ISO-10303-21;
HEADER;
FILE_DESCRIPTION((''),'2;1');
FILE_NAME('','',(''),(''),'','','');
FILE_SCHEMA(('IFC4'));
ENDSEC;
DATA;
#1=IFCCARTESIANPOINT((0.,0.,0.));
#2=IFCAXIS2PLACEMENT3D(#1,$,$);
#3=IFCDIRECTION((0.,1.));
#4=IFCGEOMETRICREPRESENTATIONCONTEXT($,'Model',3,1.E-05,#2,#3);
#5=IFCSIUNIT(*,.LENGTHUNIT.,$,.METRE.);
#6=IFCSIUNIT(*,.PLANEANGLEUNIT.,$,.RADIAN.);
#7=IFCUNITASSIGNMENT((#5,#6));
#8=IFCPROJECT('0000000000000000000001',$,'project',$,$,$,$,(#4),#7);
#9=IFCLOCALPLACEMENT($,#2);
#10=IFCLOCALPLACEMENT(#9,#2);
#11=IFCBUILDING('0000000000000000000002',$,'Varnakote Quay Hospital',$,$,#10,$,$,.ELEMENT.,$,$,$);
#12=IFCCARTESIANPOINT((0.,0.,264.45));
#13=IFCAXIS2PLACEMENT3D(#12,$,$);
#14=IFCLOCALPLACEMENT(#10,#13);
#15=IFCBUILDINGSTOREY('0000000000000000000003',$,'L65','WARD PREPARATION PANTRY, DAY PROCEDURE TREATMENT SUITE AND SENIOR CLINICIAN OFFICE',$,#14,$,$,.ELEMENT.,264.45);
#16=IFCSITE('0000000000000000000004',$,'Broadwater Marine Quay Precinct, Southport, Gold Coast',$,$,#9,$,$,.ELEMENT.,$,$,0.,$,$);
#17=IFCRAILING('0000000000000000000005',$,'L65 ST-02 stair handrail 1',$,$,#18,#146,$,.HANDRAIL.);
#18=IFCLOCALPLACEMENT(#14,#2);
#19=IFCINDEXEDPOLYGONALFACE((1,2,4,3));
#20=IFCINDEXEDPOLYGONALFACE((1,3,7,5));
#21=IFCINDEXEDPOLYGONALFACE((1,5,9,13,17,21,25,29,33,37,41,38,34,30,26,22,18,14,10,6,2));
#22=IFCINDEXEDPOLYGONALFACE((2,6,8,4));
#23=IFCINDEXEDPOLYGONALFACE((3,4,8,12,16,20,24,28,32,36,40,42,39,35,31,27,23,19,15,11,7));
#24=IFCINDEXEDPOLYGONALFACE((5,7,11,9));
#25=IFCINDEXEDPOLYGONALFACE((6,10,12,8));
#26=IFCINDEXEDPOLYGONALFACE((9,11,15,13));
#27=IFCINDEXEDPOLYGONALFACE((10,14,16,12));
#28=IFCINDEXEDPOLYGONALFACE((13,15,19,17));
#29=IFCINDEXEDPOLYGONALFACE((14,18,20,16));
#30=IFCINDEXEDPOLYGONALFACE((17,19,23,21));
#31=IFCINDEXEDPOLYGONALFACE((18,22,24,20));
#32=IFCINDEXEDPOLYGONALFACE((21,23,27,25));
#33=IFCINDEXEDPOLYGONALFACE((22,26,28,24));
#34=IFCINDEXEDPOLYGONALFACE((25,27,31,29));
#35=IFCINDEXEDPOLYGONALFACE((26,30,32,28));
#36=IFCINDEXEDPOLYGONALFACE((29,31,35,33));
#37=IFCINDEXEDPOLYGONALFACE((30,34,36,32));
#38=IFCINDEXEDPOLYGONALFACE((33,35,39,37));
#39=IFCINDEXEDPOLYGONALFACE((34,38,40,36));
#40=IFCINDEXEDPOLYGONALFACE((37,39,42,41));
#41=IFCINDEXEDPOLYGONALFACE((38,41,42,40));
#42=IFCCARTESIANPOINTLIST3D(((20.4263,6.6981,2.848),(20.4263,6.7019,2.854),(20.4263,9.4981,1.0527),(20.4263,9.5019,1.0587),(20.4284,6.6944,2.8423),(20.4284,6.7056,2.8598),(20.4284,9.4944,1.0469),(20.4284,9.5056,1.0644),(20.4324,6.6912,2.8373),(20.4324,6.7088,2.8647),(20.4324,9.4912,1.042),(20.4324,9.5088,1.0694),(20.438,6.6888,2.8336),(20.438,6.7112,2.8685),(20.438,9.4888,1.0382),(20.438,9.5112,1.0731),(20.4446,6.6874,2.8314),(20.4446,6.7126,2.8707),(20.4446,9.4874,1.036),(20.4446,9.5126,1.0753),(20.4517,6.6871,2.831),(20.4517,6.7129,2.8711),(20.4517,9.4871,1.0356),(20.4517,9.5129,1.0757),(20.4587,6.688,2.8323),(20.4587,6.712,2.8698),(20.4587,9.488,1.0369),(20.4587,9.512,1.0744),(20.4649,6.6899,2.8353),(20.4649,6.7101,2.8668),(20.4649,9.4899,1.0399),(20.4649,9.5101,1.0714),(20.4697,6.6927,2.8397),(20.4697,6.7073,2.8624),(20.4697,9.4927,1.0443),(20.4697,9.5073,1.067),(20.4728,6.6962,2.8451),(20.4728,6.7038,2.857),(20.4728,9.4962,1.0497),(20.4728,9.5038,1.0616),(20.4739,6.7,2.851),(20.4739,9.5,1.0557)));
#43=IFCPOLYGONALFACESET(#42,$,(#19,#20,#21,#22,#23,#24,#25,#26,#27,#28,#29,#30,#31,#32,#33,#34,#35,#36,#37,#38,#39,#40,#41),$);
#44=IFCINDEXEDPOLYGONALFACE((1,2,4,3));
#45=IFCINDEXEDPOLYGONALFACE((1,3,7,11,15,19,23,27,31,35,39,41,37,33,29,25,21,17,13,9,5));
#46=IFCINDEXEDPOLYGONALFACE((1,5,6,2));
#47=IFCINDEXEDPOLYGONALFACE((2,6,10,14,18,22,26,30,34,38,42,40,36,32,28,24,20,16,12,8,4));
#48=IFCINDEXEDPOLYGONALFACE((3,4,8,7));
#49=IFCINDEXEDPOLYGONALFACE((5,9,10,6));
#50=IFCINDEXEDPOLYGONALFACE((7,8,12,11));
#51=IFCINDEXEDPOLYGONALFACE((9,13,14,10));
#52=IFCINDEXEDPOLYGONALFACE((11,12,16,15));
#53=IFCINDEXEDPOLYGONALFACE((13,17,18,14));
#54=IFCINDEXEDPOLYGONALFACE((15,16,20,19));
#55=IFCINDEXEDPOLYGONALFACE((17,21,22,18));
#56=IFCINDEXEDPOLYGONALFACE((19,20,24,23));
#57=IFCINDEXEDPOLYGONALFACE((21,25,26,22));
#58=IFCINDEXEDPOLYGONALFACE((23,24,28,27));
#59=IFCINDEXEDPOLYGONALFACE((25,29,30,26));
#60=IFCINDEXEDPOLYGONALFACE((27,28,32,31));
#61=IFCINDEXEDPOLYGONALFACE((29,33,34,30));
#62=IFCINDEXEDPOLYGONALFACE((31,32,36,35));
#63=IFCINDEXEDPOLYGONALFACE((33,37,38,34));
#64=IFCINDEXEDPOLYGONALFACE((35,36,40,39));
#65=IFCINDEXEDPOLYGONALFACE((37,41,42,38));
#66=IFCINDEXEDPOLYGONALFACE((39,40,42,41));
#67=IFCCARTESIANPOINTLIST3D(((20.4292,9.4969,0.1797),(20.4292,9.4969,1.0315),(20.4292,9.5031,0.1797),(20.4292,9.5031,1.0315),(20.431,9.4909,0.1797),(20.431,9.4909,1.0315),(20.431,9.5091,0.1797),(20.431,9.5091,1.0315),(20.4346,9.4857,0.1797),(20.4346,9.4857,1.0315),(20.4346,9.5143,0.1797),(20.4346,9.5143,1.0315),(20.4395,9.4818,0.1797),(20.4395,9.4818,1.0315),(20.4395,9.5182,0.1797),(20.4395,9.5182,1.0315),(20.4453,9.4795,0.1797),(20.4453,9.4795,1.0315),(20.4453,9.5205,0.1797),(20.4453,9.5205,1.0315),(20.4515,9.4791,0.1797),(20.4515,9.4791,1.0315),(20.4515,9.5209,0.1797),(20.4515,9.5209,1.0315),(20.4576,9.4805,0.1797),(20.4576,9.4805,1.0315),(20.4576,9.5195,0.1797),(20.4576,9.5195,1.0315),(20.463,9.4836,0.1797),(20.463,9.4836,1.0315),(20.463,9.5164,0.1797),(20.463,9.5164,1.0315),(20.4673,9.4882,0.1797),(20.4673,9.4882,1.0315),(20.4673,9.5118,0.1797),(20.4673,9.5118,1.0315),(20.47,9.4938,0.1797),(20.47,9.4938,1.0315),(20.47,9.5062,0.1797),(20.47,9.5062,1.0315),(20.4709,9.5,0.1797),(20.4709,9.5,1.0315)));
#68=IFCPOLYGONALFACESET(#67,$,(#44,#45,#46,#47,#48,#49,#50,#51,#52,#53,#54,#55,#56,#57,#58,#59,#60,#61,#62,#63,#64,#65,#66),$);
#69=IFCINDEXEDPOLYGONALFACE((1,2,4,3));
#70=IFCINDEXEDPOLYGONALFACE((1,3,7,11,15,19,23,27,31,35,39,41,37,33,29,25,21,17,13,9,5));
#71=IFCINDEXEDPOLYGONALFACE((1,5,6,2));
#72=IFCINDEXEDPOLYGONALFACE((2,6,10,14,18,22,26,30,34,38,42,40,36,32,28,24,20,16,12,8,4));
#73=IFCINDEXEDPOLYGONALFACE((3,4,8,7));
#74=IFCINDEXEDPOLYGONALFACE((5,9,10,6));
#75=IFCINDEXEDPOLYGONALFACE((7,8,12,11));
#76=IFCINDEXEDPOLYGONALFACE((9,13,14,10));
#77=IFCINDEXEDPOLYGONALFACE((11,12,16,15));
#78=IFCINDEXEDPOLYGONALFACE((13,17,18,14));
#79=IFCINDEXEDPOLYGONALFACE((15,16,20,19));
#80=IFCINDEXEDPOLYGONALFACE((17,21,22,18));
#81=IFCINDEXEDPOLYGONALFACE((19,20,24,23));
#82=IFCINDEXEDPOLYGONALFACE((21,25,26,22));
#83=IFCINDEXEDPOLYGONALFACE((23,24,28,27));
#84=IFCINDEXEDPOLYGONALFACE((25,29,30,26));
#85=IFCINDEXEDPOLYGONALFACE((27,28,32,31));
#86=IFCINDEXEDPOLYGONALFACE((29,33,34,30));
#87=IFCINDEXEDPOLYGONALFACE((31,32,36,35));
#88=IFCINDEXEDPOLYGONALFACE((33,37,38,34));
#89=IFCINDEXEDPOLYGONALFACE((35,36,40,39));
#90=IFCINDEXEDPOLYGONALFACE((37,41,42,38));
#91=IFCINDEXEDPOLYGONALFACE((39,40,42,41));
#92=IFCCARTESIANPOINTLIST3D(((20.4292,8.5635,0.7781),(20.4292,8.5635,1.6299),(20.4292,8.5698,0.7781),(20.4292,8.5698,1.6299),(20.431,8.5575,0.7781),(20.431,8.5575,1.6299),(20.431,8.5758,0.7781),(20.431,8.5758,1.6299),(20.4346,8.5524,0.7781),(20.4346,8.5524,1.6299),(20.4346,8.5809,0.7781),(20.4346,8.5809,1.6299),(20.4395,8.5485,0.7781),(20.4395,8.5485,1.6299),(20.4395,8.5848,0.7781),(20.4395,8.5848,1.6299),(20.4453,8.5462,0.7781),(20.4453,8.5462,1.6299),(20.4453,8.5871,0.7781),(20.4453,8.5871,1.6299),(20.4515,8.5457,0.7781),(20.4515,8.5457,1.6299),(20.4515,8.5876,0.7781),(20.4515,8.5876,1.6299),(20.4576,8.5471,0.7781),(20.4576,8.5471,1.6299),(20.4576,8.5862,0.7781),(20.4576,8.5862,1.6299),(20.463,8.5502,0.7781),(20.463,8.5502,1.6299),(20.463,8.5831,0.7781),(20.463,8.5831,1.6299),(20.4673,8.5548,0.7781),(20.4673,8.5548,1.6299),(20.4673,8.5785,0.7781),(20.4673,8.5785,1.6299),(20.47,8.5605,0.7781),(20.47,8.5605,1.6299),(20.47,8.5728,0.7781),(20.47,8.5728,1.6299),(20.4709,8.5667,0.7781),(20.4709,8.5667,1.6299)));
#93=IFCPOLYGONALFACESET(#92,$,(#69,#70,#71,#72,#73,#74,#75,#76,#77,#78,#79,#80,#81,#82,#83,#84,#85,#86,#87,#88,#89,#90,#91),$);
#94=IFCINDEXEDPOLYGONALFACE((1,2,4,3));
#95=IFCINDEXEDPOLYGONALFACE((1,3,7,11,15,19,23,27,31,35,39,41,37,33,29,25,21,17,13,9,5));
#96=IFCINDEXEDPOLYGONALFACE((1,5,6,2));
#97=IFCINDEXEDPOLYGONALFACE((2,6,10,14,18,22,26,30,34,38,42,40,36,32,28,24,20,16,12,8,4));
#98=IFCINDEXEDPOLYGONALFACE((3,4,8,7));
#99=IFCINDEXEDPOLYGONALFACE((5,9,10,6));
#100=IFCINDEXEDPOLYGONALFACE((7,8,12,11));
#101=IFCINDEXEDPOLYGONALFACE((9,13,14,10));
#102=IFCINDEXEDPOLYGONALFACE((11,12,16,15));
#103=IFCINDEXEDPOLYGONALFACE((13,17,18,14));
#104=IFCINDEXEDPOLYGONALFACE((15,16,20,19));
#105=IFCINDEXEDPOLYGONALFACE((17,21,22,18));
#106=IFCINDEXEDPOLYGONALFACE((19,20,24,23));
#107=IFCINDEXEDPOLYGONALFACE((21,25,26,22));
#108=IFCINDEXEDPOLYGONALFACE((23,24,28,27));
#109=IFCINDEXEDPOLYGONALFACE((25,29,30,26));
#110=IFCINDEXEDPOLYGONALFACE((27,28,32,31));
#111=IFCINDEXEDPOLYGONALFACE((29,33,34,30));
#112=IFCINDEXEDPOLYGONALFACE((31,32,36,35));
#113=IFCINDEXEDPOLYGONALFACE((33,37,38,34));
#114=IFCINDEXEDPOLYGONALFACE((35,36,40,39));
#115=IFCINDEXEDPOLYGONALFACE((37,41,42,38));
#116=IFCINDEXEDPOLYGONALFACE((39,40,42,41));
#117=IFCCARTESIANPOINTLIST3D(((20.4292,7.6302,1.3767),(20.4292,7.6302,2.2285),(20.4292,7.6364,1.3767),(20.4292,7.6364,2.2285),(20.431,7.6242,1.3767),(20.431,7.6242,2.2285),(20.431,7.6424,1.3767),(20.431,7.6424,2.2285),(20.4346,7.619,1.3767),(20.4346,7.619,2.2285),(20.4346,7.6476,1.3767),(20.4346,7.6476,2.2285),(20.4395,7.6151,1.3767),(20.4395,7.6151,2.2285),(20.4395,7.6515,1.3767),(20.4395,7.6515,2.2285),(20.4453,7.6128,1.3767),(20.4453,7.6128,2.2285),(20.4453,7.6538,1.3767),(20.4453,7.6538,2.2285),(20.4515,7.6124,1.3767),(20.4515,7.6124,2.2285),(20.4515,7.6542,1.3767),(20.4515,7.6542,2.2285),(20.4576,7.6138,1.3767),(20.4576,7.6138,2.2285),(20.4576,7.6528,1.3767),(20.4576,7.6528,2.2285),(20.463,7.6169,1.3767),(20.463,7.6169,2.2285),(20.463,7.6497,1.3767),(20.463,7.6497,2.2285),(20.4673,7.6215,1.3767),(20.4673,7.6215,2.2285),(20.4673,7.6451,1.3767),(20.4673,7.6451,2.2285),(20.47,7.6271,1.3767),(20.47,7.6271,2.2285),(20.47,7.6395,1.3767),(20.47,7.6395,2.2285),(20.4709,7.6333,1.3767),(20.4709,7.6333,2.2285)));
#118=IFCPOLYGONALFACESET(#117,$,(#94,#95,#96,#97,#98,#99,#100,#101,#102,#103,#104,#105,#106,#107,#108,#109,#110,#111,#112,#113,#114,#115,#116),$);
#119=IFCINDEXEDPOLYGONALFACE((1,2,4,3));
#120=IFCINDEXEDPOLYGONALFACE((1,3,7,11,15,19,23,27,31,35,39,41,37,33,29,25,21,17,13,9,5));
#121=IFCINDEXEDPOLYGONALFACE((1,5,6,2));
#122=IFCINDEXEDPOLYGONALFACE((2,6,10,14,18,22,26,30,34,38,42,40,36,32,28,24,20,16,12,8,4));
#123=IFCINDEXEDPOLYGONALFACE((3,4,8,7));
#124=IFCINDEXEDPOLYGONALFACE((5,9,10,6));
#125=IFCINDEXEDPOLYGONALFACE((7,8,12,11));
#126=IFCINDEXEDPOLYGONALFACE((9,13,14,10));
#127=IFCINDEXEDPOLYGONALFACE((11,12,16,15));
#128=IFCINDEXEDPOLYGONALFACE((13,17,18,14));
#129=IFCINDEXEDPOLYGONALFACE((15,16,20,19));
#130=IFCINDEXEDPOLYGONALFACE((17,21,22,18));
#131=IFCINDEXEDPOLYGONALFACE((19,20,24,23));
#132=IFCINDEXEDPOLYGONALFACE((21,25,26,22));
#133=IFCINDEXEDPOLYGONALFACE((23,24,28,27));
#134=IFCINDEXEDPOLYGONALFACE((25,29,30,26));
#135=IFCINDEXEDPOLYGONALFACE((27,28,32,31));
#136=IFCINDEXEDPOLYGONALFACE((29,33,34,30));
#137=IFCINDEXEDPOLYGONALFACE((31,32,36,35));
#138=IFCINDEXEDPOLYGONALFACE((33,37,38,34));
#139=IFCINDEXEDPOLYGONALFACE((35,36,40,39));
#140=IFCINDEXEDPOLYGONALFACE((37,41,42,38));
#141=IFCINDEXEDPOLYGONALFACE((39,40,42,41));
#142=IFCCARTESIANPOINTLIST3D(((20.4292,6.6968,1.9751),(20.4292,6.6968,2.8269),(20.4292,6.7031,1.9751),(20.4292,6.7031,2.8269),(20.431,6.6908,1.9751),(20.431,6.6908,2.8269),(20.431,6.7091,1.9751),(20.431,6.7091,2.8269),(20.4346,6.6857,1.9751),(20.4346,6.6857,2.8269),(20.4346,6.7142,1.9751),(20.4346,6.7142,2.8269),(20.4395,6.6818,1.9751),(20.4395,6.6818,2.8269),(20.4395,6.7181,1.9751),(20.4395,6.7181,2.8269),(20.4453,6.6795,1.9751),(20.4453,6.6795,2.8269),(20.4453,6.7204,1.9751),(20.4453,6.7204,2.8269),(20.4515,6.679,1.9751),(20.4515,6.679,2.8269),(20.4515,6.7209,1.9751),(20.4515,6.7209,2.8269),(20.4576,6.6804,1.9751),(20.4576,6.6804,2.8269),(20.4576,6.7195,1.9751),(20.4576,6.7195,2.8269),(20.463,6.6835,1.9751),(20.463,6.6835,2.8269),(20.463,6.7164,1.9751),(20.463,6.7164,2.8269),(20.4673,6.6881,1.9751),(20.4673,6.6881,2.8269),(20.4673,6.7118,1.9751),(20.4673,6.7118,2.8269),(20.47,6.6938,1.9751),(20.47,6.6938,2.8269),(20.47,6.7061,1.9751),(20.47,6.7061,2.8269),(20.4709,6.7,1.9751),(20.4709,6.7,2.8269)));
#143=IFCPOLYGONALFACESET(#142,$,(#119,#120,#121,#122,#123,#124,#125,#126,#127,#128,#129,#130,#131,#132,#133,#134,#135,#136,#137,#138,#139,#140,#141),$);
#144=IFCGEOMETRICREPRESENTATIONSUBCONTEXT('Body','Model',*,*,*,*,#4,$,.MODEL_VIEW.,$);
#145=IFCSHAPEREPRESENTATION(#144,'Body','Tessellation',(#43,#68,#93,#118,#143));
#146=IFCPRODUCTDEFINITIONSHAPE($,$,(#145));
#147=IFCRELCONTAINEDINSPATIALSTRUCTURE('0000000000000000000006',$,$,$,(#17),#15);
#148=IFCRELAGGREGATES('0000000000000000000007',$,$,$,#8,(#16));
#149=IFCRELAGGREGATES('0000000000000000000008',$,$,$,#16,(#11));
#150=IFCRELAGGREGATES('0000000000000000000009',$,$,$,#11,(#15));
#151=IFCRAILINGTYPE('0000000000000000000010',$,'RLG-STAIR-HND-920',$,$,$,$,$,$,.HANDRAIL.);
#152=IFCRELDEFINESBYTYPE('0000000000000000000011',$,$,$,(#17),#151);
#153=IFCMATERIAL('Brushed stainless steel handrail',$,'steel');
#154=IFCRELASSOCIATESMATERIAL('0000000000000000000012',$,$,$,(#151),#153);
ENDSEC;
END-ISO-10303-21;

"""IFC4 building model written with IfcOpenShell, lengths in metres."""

from ifc_helpers import new_model, si_unit, direction, frame, origin, origin_2d, place, context, subcontext, project, spatial, circle, extrude, material, type_object, element, save


model = new_model("IFC4")

# Units and contexts
model_context = context("Model", 3, precision=1e-05, world=origin(), true_north=direction((0.0, 1.0)))
body_context = subcontext(model_context, "Body", "Model", "MODEL_VIEW")
ifc_project = project(units=[si_unit("LENGTHUNIT", "METRE"), si_unit("PLANEANGLEUNIT", "RADIAN")], contexts=[model_context])

# Site, building, storey
site_placement = place(None, origin())
site = spatial("IfcSite", under=ifc_project, at=site_placement, Name="Broadwater Marine Quay Precinct, Southport, Gold Coast", CompositionType="ELEMENT", RefElevation=0.0)
building_placement = place(site_placement, origin())
building = spatial("IfcBuilding", under=site, at=building_placement, Name="Varnakote Quay Hospital", CompositionType="ELEMENT")
storey_placement = place(building_placement, frame((0.0, 0.0, 264.45)))
storey = spatial("IfcBuildingStorey", under=building, at=storey_placement, Name="L65", Description="WARD PREPARATION PANTRY, DAY PROCEDURE TREATMENT SUITE AND SENIOR CLINICIAN OFFICE", CompositionType="ELEMENT", Elevation=264.45)

# Railing
ifc_material_1 = material(Name="Brushed stainless steel handrail", Category="steel")
railing_type_1 = type_object("IfcRailingType", Name="RLG-STAIR-HND-920", PredefinedType="HANDRAIL", material=ifc_material_1)
railing_1_placement = place(storey_placement, frame((20.45, 9.5, 0.1797)))
element("IfcRailing", 1, at=railing_1_placement, inside=storey, type_object=railing_type_1, Name="L65 ST-02 stair handrail 1", PredefinedType="HANDRAIL", context=body_context, shape_type="SweptSolid", body=[
    extrude(circle(Radius=0.0239, at=origin_2d()), frame((0.0, 0.0, 0.876), z_axis=(0.0, -0.84181, 0.539774), x_axis=(1.0, 0.0, 0.0)), (0.0, 0.0, 1.0), 3.3262),
    extrude(circle(Radius=0.021, at=origin_2d()), origin(), (0.0, 0.0, 1.0), 0.8518),
    extrude(circle(Radius=0.021, at=origin_2d()), frame((0.0, -0.9333, 0.5984)), (0.0, 0.0, 1.0), 0.8518),
    extrude(circle(Radius=0.021, at=origin_2d()), frame((0.0, -1.8667, 1.197)), (0.0, 0.0, 1.0), 0.8518),
    extrude(circle(Radius=0.021, at=origin_2d()), frame((0.0, -2.8, 1.7954)), (0.0, 0.0, 1.0), 0.8518),
])

save(model, "model.ifc")
